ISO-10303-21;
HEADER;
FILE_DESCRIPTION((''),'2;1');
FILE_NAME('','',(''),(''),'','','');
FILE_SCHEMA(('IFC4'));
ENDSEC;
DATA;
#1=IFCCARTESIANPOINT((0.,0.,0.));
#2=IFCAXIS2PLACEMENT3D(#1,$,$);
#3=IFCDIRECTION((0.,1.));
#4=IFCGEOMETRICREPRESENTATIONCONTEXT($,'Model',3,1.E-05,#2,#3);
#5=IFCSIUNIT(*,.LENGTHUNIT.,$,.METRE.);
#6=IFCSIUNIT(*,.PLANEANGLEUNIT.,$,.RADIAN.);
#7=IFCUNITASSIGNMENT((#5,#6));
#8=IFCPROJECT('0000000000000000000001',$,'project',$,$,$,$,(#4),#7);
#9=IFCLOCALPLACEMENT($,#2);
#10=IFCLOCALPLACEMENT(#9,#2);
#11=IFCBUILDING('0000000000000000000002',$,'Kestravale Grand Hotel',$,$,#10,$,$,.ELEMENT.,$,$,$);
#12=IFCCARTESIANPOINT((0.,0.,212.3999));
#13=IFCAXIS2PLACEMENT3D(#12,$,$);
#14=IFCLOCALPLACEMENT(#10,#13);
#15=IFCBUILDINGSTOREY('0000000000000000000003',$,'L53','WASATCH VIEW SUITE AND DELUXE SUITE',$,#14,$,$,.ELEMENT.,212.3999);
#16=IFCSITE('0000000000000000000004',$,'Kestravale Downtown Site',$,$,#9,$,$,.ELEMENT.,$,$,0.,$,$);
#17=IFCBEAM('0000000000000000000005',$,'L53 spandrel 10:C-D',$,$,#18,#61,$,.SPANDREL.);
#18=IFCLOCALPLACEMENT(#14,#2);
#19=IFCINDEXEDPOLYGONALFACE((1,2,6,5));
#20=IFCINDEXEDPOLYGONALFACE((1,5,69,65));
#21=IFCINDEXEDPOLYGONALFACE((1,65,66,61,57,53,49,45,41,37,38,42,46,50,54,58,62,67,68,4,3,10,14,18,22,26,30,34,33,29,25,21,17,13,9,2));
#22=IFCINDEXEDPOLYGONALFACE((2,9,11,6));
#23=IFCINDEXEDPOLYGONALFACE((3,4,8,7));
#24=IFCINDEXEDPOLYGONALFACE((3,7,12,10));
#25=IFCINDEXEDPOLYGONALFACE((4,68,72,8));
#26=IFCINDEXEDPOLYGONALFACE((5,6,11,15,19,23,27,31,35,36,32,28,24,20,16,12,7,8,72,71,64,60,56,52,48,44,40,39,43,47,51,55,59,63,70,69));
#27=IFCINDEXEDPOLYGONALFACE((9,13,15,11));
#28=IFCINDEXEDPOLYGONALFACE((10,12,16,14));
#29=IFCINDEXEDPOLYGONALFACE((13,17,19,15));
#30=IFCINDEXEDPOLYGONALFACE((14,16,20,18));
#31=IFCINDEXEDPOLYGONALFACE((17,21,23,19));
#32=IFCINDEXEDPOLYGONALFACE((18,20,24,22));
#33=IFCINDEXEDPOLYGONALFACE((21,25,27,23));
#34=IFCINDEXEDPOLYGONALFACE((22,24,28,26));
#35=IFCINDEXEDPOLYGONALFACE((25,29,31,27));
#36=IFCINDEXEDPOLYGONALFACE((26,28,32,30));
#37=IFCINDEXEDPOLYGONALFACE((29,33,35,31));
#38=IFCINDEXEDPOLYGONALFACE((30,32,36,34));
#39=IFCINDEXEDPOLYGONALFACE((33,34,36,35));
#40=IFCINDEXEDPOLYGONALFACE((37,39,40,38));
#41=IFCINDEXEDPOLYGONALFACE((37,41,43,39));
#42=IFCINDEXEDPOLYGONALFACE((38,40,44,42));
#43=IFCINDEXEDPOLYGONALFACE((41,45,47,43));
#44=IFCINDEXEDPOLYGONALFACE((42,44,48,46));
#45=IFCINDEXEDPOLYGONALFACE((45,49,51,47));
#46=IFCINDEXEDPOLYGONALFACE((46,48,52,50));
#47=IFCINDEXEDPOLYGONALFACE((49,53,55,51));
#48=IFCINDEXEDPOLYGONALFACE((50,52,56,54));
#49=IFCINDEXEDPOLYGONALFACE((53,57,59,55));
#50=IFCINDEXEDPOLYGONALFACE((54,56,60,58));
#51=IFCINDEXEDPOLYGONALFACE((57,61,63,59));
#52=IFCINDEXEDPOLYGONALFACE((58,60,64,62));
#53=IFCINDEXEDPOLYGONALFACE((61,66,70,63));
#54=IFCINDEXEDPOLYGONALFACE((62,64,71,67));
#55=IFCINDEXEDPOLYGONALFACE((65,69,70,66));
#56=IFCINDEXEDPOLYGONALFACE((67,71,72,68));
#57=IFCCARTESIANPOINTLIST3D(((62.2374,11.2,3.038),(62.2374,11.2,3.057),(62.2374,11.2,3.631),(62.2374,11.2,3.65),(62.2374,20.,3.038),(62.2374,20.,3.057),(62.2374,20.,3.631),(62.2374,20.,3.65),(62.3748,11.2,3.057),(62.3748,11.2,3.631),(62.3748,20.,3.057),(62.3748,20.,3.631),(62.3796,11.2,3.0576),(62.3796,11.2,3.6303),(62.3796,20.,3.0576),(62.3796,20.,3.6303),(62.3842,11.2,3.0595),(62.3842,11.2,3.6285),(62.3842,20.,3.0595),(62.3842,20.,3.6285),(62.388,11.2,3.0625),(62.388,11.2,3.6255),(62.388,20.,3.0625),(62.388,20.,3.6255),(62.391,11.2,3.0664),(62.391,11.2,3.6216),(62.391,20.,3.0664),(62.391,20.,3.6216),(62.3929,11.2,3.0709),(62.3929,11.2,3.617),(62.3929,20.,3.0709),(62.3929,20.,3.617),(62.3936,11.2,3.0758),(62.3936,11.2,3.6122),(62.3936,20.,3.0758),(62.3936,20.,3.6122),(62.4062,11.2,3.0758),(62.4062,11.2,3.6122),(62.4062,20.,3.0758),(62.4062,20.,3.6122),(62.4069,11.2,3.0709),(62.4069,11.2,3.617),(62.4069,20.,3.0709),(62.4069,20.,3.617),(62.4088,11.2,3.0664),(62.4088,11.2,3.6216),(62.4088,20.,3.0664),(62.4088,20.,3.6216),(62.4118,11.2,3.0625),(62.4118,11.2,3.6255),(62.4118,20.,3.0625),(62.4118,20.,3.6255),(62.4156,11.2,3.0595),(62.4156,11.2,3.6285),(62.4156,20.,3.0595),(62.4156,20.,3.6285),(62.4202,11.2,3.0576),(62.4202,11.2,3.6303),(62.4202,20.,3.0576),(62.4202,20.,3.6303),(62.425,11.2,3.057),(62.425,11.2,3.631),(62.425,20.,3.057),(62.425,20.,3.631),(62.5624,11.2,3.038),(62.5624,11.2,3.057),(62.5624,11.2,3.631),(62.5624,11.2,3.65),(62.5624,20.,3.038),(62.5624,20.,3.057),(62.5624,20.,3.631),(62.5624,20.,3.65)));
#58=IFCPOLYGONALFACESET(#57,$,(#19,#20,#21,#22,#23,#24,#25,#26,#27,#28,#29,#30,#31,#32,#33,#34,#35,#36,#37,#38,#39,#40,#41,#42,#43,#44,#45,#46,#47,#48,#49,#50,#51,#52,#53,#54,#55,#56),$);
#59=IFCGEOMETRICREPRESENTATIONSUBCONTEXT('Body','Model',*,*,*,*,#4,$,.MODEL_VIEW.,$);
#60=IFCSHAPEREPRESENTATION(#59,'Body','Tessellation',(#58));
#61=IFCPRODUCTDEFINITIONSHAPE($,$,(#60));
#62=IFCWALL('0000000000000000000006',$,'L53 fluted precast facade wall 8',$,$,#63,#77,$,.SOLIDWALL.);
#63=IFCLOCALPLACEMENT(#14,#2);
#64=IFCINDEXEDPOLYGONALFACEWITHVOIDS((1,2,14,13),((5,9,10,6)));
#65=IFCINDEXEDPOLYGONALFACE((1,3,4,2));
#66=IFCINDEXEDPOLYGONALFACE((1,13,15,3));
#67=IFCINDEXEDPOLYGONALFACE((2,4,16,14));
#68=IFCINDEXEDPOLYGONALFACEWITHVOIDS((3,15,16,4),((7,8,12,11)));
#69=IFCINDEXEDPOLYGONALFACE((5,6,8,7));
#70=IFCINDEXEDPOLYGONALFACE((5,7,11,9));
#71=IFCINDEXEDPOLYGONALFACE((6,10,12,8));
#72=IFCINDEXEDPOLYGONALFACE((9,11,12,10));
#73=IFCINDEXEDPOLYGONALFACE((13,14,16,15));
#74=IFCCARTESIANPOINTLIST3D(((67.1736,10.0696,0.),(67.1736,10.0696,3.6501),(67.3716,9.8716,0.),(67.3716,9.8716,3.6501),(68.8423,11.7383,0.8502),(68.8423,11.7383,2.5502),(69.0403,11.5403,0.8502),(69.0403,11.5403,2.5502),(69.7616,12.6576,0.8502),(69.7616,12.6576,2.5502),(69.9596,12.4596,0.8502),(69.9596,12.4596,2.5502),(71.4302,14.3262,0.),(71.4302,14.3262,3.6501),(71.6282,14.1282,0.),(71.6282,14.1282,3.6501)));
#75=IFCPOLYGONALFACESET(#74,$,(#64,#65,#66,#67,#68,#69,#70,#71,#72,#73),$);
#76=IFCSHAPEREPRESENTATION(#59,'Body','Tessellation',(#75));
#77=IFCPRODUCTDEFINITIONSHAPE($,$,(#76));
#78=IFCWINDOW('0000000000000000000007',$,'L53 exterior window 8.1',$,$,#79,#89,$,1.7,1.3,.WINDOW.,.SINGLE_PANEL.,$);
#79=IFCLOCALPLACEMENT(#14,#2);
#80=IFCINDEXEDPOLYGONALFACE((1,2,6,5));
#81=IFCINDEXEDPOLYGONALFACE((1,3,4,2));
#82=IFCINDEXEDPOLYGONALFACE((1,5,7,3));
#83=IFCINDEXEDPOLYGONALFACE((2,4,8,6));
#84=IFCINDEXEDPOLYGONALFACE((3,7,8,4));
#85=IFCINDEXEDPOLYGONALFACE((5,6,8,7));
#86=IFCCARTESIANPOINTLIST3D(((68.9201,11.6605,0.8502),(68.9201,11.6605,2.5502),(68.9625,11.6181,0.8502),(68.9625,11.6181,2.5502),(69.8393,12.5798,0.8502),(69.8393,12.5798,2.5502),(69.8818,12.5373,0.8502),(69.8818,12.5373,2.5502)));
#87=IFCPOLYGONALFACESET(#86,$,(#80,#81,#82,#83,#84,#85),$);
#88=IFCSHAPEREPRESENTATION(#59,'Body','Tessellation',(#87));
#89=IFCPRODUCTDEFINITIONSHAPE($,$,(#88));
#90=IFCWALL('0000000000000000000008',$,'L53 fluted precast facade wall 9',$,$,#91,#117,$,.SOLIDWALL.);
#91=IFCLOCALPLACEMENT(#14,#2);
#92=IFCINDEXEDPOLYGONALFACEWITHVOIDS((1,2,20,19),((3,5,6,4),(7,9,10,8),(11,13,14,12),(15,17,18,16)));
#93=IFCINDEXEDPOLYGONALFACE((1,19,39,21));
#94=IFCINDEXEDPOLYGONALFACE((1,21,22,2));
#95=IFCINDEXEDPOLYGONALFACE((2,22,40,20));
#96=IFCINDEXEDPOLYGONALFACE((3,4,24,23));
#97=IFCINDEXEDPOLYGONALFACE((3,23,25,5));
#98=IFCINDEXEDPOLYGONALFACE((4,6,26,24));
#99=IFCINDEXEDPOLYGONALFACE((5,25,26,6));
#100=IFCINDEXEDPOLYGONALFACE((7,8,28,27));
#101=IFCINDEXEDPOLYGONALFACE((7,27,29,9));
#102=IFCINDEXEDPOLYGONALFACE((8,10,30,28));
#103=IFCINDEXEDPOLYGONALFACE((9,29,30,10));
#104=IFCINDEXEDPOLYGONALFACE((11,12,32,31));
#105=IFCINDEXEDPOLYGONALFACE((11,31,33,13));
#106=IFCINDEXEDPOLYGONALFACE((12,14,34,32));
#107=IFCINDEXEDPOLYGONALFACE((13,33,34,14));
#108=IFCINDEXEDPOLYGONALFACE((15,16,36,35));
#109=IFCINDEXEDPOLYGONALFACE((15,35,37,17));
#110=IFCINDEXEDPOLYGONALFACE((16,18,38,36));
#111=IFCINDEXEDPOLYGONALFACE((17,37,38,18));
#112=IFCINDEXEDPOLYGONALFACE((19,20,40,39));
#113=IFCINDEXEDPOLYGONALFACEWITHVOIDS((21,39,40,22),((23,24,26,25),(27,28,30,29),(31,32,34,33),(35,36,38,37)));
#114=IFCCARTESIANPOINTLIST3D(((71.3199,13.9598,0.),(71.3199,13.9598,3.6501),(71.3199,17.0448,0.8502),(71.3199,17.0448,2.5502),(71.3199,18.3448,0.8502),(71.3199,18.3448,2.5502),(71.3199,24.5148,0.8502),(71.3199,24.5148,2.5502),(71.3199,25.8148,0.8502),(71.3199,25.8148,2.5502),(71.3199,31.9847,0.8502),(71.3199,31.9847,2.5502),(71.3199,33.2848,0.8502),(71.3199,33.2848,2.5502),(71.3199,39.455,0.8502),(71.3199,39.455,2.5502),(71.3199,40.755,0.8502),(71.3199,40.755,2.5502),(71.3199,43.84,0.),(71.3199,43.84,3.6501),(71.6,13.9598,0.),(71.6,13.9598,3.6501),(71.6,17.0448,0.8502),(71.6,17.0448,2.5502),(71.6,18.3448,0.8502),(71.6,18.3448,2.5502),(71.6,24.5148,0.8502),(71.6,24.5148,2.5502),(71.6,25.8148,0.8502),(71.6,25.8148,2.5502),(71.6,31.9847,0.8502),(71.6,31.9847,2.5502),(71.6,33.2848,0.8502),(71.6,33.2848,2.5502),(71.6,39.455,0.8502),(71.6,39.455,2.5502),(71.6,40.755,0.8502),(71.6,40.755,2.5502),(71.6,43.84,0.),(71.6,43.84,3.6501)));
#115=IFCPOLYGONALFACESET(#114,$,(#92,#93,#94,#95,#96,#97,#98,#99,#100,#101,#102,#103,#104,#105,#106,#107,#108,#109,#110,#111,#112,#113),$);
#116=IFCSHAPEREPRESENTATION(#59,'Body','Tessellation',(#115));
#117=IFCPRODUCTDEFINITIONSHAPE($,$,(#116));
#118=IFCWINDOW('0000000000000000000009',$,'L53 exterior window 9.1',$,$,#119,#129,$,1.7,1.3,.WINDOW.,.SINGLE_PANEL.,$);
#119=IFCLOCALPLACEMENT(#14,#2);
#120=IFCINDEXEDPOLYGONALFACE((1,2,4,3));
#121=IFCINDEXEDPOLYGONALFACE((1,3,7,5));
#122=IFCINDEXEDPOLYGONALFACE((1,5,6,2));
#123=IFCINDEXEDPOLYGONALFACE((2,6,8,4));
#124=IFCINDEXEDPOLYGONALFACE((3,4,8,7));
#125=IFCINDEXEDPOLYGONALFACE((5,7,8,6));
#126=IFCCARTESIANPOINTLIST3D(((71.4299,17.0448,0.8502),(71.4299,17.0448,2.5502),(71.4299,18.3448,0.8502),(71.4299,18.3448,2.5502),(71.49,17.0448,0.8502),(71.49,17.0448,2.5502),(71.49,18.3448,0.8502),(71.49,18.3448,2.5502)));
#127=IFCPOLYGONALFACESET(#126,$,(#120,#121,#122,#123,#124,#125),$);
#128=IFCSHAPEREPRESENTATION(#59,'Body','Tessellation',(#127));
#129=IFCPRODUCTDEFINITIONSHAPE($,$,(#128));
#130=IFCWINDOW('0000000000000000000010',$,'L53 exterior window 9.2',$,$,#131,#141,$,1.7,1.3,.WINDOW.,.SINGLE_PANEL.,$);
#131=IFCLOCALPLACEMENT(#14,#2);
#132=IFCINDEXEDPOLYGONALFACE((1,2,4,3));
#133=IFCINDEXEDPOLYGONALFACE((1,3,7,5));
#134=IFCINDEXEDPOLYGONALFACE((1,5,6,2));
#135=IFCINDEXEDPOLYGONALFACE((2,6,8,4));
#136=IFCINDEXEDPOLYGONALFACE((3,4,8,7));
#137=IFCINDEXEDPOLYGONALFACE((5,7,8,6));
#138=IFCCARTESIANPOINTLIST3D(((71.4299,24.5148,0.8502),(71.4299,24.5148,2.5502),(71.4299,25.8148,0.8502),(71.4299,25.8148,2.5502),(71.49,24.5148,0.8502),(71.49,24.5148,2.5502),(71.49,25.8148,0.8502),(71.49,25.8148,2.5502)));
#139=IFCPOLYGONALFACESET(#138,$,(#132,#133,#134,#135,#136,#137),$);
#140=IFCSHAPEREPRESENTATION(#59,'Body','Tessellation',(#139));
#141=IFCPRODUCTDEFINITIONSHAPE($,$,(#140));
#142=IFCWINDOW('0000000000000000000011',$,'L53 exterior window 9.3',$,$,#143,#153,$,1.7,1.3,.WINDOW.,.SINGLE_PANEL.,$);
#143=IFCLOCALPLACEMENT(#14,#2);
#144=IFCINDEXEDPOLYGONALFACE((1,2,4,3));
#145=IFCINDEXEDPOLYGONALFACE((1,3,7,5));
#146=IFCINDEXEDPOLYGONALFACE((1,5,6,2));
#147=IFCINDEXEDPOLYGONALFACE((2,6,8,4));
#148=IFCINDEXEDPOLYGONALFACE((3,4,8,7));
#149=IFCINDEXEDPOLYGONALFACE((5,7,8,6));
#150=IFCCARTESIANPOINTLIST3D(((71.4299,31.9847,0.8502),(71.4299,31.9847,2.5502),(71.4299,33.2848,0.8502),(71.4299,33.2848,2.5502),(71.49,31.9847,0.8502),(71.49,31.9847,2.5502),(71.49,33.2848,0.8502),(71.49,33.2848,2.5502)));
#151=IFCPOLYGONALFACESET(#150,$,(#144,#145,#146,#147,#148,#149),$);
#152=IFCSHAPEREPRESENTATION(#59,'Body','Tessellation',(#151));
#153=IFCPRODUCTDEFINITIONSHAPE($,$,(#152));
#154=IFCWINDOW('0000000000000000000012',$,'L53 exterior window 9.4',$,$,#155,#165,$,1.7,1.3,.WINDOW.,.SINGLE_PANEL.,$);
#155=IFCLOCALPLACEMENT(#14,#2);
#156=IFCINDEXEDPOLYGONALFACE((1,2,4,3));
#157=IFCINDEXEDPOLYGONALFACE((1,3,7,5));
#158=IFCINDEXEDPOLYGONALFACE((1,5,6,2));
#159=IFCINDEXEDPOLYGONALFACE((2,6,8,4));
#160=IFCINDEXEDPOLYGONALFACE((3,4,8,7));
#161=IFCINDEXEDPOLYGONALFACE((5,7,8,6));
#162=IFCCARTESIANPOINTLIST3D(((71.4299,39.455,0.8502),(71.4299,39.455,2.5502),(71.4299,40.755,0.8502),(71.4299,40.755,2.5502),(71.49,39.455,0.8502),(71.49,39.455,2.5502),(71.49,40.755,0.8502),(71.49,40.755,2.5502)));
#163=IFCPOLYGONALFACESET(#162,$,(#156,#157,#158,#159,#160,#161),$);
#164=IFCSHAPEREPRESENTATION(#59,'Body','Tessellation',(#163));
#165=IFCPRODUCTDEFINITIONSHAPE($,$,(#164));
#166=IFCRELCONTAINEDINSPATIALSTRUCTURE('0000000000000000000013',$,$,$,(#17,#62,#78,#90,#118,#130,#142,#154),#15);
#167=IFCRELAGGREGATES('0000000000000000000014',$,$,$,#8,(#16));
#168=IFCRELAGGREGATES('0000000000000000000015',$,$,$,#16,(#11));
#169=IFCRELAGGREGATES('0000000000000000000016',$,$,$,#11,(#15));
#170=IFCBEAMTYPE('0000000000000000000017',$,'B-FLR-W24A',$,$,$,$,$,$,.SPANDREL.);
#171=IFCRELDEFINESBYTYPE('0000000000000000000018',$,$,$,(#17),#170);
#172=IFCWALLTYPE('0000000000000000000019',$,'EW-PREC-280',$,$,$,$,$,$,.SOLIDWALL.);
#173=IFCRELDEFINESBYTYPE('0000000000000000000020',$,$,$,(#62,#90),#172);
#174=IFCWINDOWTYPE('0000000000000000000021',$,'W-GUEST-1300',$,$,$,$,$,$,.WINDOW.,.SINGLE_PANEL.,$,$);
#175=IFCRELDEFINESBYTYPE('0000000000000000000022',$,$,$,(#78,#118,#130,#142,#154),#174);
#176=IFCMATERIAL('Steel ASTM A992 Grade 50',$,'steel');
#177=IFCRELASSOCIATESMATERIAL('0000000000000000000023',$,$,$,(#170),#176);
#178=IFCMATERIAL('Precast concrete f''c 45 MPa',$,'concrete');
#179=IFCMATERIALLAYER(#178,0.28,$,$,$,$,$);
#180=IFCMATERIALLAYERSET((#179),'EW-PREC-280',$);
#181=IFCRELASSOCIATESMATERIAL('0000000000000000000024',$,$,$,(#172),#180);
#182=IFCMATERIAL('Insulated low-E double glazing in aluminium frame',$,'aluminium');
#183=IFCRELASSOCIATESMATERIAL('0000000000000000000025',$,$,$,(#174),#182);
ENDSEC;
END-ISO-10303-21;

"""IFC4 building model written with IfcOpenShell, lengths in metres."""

from ifc_helpers import new_model, si_unit, direction, frame, frame_2d, origin, origin_2d, place, context, subcontext, project, spatial, rectangle, i_section, extrude, material, layer, layer_set, material_profile, profile_set, type_object, element, fill, save


model = new_model("IFC4")

# Units and contexts
model_context = context("Model", 3, precision=1e-05, world=origin(), true_north=direction((0.0, 1.0)))
body_context = subcontext(model_context, "Body", "Model", "MODEL_VIEW")
ifc_project = project(units=[si_unit("LENGTHUNIT", "METRE"), si_unit("PLANEANGLEUNIT", "RADIAN")], contexts=[model_context])

# Site, building, storey
site_placement = place(None, origin())
site = spatial("IfcSite", under=ifc_project, at=site_placement, Name="Kestravale Downtown Site", CompositionType="ELEMENT", RefElevation=0.0)
building_placement = place(site_placement, origin())
building = spatial("IfcBuilding", under=site, at=building_placement, Name="Kestravale Grand Hotel", CompositionType="ELEMENT")
storey_placement = place(building_placement, frame((0.0, 0.0, 212.3999)))
storey = spatial("IfcBuildingStorey", under=building, at=storey_placement, Name="L53", Description="WASATCH VIEW SUITE AND DELUXE SUITE", CompositionType="ELEMENT", Elevation=212.3999)

# Beam
ifc_material_1 = material(Name="Steel ASTM A992 Grade 50", Category="steel")
ifc_material_profile_1 = material_profile(ifc_material_1, i_section(OverallWidth=0.325, OverallDepth=0.6121, WebThickness=0.0127, FlangeThickness=0.019, FilletRadius=0.0188, at=origin_2d()))
ifc_profile_set_1 = profile_set([ifc_material_profile_1], Name="Steel ASTM A992 Grade 50")
beam_type_1 = type_object("IfcBeamType", Name="B-FLR-W24A", PredefinedType="SPANDREL", material=ifc_profile_set_1)
for number, where, z_axis, x_axis, name in (
    (1, (62.3999, 11.2, 3.344), (0.0, 1.0, 0.0), (-1.0, 0.0, 0.0), "L53 spandrel 10:C-D"),
):
    element("IfcBeam", number, at=place(storey_placement, frame(where, z_axis=z_axis, x_axis=x_axis)), inside=storey, type_object=beam_type_1, Name=name, PredefinedType="SPANDREL", context=body_context, shape_type="SweptSolid", body=[
        extrude(i_section(OverallWidth=0.325, OverallDepth=0.6121, WebThickness=0.0127, FlangeThickness=0.019, FilletRadius=0.0188, at=origin_2d()), origin(), (0.0, 0.0, 1.0), 8.8),
    ])

# Wall, opening, window
ifc_material_2 = material(Name="Precast concrete f'c 45 MPa", Category="concrete")
ifc_layer_1 = layer(ifc_material_2, 0.28)
ifc_layer_set_1 = layer_set([ifc_layer_1], Name="EW-PREC-280")
wall_type_1 = type_object("IfcWallType", Name="EW-PREC-280", PredefinedType="SOLIDWALL", material=ifc_layer_set_1)
wall_1_placement = place(storey_placement, frame((67.2727, 9.9707, 0.0), z_axis=(0.0, 0.0, 1.0), x_axis=(0.707107, 0.707107, 0.0)))
wall_1 = element("IfcWall", 2, at=wall_1_placement, inside=storey, type_object=wall_type_1, Name="L53 fluted precast facade wall 8", PredefinedType="SOLIDWALL", context=body_context, shape_type="SweptSolid", body=[
    extrude(rectangle(XDim=6.0198, YDim=0.28, at=frame_2d((3.0098, 0.0))), origin(), (0.0, 0.0, 1.0), 3.6501),
])
opening_1_placement = place(wall_1_placement, frame((2.3599, 0.0, 0.8501)))
opening_1 = element("IfcOpeningElement", 3, at=opening_1_placement, cuts=wall_1, PredefinedType="OPENING", context=body_context, shape_type="SweptSolid", body=[
    extrude(rectangle(XDim=1.3, YDim=1.7, at=frame_2d((0.6499, 0.8501))), frame((0.0, 0.1499, 0.0), z_axis=(0.0, -1.0, 0.0), x_axis=(1.0, 0.0, 0.0)), (0.0, 0.0, 1.0), 0.3),
])
ifc_material_3 = material(Name="Insulated low-E double glazing in aluminium frame", Category="aluminium")
window_type = type_object("IfcWindowType", Name="W-GUEST-1300", PartitioningType="SINGLE_PANEL", PredefinedType="WINDOW", material=ifc_material_3)
window_1_placement = place(opening_1_placement, origin())
window_1 = element("IfcWindow", 4, at=window_1_placement, inside=storey, type_object=window_type, Name="L53 exterior window 8.1", OverallHeight=1.7, OverallWidth=1.3, PartitioningType="SINGLE_PANEL", PredefinedType="WINDOW", context=body_context, shape_type="SweptSolid", body=[
    extrude(rectangle(XDim=1.3, YDim=1.7, at=frame_2d((0.6499, 0.8501))), frame((0.0, 0.03, 0.0), z_axis=(0.0, -1.0, 0.0), x_axis=(1.0, 0.0, 0.0)), (0.0, 0.0, 1.0), 0.0601),
])
fill(opening_1, window_1)

# Wall, openings, windows
wall_2_placement = place(storey_placement, frame((71.46, 13.96, 0.0), z_axis=(0.0, 0.0, 1.0), x_axis=(0.0, 1.0, 0.0)))
wall_2 = element("IfcWall", 5, at=wall_2_placement, inside=storey, type_object=wall_type_1, Name="L53 fluted precast facade wall 9", PredefinedType="SOLIDWALL", context=body_context, shape_type="SweptSolid", body=[
    extrude(rectangle(XDim=29.8801, YDim=0.28, at=frame_2d((14.9399, 0.0))), origin(), (0.0, 0.0, 1.0), 3.6501),
])
opening_2_placement = place(wall_2_placement, frame((3.085, 0.0, 0.8501)))
opening_2 = element("IfcOpeningElement", 6, at=opening_2_placement, cuts=wall_2, PredefinedType="OPENING", context=body_context, shape_type="SweptSolid", body=[
    extrude(rectangle(XDim=1.3, YDim=1.7, at=frame_2d((0.6499, 0.8501))), frame((0.0, 0.1499, 0.0), z_axis=(0.0, -1.0, 0.0), x_axis=(1.0, 0.0, 0.0)), (0.0, 0.0, 1.0), 0.3),
])
opening_3_placement = place(wall_2_placement, frame((10.5549, 0.0, 0.8501)))
opening_3 = element("IfcOpeningElement", 7, at=opening_3_placement, cuts=wall_2, PredefinedType="OPENING", context=body_context, shape_type="SweptSolid", body=[
    extrude(rectangle(XDim=1.3, YDim=1.7, at=frame_2d((0.6499, 0.8501))), frame((0.0, 0.1499, 0.0), z_axis=(0.0, -1.0, 0.0), x_axis=(1.0, 0.0, 0.0)), (0.0, 0.0, 1.0), 0.3),
])
opening_4_placement = place(wall_2_placement, frame((18.0249, 0.0, 0.8501)))
opening_4 = element("IfcOpeningElement", 8, at=opening_4_placement, cuts=wall_2, PredefinedType="OPENING", context=body_context, shape_type="SweptSolid", body=[
    extrude(rectangle(XDim=1.3, YDim=1.7, at=frame_2d((0.6499, 0.8501))), frame((0.0, 0.1499, 0.0), z_axis=(0.0, -1.0, 0.0), x_axis=(1.0, 0.0, 0.0)), (0.0, 0.0, 1.0), 0.3),
])
opening_5_placement = place(wall_2_placement, frame((25.4951, 0.0, 0.8501)))
opening_5 = element("IfcOpeningElement", 9, at=opening_5_placement, cuts=wall_2, PredefinedType="OPENING", context=body_context, shape_type="SweptSolid", body=[
    extrude(rectangle(XDim=1.3, YDim=1.7, at=frame_2d((0.6499, 0.8501))), frame((0.0, 0.1499, 0.0), z_axis=(0.0, -1.0, 0.0), x_axis=(1.0, 0.0, 0.0)), (0.0, 0.0, 1.0), 0.3),
])
window_2_placement = place(opening_2_placement, origin())
window_2 = element("IfcWindow", 10, at=window_2_placement, inside=storey, type_object=window_type, Name="L53 exterior window 9.1", OverallHeight=1.7, OverallWidth=1.3, PartitioningType="SINGLE_PANEL", PredefinedType="WINDOW", context=body_context, shape_type="SweptSolid", body=[
    extrude(rectangle(XDim=1.3, YDim=1.7, at=frame_2d((0.6499, 0.8501))), frame((0.0, 0.03, 0.0), z_axis=(0.0, -1.0, 0.0), x_axis=(1.0, 0.0, 0.0)), (0.0, 0.0, 1.0), 0.0601),
])
fill(opening_2, window_2)
window_3_placement = place(opening_3_placement, origin())
window_3 = element("IfcWindow", 11, at=window_3_placement, inside=storey, type_object=window_type, Name="L53 exterior window 9.2", OverallHeight=1.7, OverallWidth=1.3, PartitioningType="SINGLE_PANEL", PredefinedType="WINDOW", context=body_context, shape_type="SweptSolid", body=[
    extrude(rectangle(XDim=1.3, YDim=1.7, at=frame_2d((0.6499, 0.8501))), frame((0.0, 0.03, 0.0), z_axis=(0.0, -1.0, 0.0), x_axis=(1.0, 0.0, 0.0)), (0.0, 0.0, 1.0), 0.0601),
])
fill(opening_3, window_3)
window_4_placement = place(opening_4_placement, origin())
window_4 = element("IfcWindow", 12, at=window_4_placement, inside=storey, type_object=window_type, Name="L53 exterior window 9.3", OverallHeight=1.7, OverallWidth=1.3, PartitioningType="SINGLE_PANEL", PredefinedType="WINDOW", context=body_context, shape_type="SweptSolid", body=[
    extrude(rectangle(XDim=1.3, YDim=1.7, at=frame_2d((0.6499, 0.8501))), frame((0.0, 0.03, 0.0), z_axis=(0.0, -1.0, 0.0), x_axis=(1.0, 0.0, 0.0)), (0.0, 0.0, 1.0), 0.0601),
])
fill(opening_4, window_4)
window_5_placement = place(opening_5_placement, origin())
window_5 = element("IfcWindow", 13, at=window_5_placement, inside=storey, type_object=window_type, Name="L53 exterior window 9.4", OverallHeight=1.7, OverallWidth=1.3, PartitioningType="SINGLE_PANEL", PredefinedType="WINDOW", context=body_context, shape_type="SweptSolid", body=[
    extrude(rectangle(XDim=1.3, YDim=1.7, at=frame_2d((0.6499, 0.8501))), frame((0.0, 0.03, 0.0), z_axis=(0.0, -1.0, 0.0), x_axis=(1.0, 0.0, 0.0)), (0.0, 0.0, 1.0), 0.0601),
])
fill(opening_5, window_5)

save(model, "model.ifc")
